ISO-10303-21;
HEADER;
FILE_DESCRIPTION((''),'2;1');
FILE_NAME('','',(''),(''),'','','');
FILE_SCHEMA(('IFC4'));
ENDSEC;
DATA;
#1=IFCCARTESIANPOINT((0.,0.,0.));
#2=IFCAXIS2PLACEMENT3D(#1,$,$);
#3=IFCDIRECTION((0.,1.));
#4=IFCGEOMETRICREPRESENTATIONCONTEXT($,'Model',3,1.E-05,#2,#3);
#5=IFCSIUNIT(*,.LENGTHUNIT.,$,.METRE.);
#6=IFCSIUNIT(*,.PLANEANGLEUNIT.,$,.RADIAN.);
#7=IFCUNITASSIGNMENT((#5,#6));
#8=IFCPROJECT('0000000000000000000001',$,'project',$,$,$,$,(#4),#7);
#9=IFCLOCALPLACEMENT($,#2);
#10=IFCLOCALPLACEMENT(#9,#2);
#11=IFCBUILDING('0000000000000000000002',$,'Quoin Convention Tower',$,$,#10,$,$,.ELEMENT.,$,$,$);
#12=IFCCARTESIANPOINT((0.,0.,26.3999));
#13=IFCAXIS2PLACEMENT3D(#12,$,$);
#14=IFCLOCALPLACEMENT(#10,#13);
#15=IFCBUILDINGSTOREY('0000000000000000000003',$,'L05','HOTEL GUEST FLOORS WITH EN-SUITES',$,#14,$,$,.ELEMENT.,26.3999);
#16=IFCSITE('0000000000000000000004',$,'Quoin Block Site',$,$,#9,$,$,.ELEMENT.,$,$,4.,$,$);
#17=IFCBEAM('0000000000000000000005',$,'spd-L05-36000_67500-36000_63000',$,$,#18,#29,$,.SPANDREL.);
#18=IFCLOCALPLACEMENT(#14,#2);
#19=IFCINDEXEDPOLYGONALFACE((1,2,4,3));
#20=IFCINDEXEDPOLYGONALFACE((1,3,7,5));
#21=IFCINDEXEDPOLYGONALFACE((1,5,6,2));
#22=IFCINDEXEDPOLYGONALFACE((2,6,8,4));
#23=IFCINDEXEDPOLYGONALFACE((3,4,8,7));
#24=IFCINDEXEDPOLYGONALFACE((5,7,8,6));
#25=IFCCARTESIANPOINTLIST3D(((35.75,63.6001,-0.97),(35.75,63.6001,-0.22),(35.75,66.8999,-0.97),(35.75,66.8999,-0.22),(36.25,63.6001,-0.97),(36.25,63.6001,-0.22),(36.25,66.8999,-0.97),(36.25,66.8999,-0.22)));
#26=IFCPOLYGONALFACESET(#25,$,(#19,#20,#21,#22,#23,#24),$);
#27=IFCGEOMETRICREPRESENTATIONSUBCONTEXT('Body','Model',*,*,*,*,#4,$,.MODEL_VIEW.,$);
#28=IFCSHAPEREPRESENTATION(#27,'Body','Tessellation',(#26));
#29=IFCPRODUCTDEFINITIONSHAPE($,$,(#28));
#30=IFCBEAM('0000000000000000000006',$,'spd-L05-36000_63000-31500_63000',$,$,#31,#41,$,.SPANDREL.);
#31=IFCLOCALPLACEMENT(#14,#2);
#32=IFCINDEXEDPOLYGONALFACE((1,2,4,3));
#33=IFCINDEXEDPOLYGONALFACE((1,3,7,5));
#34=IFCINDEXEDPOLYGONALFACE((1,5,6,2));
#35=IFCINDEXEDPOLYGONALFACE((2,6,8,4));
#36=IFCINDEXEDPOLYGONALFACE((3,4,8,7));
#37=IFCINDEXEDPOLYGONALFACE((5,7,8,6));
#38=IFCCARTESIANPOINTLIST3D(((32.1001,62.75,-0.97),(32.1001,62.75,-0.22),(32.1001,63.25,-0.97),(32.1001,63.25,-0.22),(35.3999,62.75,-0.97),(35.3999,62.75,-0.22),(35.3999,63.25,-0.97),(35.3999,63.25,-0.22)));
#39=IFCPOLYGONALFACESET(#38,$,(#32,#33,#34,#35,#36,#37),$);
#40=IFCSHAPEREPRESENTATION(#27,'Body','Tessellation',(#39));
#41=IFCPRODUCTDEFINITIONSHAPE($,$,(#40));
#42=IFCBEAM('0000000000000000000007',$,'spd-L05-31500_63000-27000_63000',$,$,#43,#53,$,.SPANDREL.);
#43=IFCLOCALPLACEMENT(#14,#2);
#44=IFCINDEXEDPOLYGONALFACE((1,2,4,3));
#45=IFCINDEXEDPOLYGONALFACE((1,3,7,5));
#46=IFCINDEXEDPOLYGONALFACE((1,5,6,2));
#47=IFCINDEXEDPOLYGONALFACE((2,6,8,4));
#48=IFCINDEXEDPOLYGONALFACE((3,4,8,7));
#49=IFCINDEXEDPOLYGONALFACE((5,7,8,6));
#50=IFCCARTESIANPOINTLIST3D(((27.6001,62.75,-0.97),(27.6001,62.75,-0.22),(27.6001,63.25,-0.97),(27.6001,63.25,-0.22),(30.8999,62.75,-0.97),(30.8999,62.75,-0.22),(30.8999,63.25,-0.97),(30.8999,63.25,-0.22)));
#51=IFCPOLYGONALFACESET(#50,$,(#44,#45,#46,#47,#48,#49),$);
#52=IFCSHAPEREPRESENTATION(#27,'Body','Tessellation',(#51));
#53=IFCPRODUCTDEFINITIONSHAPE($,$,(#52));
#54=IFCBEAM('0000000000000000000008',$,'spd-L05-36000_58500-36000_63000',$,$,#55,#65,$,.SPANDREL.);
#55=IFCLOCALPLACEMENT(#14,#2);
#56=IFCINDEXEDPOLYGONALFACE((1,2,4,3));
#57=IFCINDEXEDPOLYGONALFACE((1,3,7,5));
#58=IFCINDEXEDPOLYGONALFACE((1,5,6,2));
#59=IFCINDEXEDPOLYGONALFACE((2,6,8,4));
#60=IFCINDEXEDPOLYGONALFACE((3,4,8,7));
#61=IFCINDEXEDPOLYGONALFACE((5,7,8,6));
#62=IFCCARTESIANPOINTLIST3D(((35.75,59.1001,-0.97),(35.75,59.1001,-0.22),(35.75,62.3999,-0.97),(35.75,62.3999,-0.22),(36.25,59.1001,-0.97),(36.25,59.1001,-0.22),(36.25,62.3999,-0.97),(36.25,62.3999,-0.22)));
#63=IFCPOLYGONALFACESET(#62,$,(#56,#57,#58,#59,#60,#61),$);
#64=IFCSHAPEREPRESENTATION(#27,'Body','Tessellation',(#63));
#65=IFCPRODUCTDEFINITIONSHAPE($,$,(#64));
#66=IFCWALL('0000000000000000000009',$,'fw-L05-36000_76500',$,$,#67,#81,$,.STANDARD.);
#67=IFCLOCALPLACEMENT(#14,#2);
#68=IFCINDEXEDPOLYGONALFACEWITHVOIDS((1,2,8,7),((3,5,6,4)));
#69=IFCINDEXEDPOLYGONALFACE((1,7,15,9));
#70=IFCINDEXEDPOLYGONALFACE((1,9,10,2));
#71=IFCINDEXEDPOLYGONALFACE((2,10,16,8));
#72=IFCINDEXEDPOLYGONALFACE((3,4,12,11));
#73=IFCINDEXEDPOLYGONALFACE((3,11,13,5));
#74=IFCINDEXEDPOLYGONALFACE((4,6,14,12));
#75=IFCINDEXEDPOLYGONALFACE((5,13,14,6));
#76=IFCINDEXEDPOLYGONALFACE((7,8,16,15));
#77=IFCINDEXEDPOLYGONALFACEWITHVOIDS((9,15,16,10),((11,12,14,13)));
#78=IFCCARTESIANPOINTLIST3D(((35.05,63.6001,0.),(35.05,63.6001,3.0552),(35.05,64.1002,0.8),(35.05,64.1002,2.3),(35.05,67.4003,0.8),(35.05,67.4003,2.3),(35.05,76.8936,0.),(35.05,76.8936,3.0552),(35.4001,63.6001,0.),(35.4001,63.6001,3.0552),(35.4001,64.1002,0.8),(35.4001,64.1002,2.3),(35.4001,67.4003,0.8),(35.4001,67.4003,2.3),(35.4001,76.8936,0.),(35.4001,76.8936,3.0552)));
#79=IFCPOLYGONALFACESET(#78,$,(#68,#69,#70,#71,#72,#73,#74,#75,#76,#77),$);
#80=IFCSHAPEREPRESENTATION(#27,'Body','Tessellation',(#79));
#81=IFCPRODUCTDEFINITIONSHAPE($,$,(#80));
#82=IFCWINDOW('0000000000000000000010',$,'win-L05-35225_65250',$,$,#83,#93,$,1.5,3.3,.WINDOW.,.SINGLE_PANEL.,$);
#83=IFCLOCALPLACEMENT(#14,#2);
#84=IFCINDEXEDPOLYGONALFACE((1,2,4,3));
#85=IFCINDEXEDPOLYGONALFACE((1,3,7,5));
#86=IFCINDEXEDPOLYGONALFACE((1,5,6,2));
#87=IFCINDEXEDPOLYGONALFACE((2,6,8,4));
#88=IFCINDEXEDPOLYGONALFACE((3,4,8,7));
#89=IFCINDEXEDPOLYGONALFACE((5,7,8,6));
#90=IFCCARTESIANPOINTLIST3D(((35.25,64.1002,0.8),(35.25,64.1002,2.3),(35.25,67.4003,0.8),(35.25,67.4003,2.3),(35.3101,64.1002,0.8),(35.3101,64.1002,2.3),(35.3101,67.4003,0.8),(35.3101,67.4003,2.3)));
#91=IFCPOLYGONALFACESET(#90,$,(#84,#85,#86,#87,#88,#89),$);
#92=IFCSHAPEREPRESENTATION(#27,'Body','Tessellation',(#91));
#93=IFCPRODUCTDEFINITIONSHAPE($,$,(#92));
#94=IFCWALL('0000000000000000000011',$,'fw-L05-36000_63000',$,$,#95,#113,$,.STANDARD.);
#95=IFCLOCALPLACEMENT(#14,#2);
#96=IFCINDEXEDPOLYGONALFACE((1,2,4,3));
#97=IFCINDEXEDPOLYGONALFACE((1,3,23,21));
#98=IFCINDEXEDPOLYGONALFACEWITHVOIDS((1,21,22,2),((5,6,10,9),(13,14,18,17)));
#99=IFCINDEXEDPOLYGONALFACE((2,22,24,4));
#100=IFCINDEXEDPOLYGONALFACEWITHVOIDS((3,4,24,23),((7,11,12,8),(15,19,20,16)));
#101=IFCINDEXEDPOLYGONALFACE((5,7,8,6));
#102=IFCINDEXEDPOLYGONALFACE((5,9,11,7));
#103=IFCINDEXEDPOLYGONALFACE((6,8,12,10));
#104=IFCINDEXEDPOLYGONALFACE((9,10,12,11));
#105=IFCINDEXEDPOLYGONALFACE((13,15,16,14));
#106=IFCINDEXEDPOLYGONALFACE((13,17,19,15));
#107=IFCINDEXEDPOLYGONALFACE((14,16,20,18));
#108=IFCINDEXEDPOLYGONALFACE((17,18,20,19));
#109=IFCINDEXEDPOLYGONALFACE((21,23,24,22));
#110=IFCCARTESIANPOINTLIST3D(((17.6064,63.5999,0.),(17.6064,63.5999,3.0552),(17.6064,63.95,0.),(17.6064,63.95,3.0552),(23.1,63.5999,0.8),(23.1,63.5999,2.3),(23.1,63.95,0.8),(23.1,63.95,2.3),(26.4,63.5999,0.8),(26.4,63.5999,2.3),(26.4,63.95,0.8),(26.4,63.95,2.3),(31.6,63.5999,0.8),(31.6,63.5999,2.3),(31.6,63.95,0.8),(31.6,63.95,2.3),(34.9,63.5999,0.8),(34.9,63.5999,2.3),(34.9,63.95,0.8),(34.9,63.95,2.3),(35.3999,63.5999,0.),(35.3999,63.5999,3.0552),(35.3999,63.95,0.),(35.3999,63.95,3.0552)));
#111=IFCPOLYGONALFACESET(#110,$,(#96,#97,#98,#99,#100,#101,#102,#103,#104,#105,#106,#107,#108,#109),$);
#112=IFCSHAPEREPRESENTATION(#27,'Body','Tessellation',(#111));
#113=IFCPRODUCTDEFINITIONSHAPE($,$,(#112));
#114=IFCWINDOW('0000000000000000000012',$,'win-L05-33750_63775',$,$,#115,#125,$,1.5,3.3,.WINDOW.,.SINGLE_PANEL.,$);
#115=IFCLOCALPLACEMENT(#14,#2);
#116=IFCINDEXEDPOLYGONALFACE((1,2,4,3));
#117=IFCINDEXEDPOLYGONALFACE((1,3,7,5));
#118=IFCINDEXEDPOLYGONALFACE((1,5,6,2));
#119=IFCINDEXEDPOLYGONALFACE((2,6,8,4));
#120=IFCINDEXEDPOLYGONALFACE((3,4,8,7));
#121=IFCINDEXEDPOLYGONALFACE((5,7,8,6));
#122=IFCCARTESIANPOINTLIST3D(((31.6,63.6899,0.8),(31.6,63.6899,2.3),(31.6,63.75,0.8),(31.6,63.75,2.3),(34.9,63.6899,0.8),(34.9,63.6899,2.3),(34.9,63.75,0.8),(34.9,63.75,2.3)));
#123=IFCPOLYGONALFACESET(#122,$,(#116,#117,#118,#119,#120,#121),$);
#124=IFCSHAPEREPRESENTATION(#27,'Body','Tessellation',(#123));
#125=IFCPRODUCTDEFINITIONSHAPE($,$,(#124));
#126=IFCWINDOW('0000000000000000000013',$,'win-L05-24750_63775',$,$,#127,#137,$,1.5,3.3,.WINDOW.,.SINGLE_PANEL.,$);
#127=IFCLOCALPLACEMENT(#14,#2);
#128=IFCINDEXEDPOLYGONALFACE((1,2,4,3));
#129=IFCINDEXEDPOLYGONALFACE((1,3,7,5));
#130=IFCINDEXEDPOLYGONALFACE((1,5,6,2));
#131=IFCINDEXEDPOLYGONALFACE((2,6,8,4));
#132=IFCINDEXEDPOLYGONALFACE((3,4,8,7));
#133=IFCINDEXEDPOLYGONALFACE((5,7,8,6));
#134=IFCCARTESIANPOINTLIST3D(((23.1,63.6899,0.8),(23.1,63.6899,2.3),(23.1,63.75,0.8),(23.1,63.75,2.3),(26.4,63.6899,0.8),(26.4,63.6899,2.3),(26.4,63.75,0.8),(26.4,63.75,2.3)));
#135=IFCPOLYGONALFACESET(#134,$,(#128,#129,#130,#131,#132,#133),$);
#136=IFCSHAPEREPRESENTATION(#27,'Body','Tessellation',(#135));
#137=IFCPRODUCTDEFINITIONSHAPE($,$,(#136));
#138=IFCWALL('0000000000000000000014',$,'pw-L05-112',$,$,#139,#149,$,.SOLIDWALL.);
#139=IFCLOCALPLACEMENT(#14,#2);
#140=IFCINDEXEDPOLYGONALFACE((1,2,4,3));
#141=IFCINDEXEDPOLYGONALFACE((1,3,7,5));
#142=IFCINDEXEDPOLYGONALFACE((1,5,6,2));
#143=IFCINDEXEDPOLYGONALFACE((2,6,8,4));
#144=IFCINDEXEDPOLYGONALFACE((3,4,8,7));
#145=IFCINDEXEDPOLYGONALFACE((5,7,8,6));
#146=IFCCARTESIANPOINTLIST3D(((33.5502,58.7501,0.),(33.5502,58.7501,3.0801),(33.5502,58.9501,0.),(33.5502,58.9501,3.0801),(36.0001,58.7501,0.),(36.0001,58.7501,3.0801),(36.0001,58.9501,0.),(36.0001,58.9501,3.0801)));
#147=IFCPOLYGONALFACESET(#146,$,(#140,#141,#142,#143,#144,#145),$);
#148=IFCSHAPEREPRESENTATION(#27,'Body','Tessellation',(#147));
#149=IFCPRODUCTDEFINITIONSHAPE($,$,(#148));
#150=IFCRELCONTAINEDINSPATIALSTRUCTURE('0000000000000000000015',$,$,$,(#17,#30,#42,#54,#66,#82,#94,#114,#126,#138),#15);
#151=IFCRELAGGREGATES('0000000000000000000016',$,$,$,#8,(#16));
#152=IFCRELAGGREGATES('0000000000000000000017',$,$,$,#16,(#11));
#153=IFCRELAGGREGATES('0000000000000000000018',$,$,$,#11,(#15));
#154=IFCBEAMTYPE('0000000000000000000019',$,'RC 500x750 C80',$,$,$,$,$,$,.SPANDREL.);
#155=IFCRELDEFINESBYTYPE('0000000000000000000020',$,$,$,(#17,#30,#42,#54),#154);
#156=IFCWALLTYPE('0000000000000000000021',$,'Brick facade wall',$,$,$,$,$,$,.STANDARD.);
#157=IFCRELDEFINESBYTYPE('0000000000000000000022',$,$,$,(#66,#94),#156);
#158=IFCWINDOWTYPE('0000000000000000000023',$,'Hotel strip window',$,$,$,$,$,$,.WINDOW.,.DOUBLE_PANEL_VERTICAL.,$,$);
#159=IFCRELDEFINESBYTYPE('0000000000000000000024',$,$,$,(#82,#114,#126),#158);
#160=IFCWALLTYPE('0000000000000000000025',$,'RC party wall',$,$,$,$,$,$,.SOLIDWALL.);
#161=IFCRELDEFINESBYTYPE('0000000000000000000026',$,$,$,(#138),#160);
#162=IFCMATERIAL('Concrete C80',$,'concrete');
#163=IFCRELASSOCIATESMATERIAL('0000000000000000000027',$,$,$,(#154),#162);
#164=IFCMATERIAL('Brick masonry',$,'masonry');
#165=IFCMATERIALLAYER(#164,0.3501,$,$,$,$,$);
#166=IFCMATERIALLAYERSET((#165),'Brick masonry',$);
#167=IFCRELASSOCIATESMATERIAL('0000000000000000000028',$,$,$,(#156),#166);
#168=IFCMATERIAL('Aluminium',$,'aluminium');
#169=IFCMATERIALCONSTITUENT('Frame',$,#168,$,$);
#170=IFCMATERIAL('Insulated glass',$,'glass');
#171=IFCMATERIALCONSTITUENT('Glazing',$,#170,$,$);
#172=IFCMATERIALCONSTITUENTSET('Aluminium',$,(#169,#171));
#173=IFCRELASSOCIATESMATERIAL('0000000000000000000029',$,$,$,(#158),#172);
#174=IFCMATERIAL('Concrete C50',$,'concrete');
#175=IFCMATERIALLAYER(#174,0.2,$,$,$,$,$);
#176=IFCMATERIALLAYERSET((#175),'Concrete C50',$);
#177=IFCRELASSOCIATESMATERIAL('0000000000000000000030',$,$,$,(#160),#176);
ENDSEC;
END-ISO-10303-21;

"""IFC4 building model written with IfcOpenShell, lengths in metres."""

from ifc_helpers import new_model, si_unit, direction, frame, frame_2d, origin, origin_2d, place, context, subcontext, project, spatial, rectangle, extrude, material, layer, layer_set, constituent, constituent_set, material_profile, profile_set, type_object, element, fill, save


model = new_model("IFC4")

# Units and contexts
model_context = context("Model", 3, precision=1e-05, world=origin(), true_north=direction((0.0, 1.0)))
body_context = subcontext(model_context, "Body", "Model", "MODEL_VIEW")
ifc_project = project(units=[si_unit("LENGTHUNIT", "METRE"), si_unit("PLANEANGLEUNIT", "RADIAN")], contexts=[model_context])

# Site, building, storey
site_placement = place(None, origin())
site = spatial("IfcSite", under=ifc_project, at=site_placement, Name="Quoin Block Site", CompositionType="ELEMENT", RefElevation=4.0)
building_placement = place(site_placement, origin())
building = spatial("IfcBuilding", under=site, at=building_placement, Name="Quoin Convention Tower", CompositionType="ELEMENT")
storey_placement = place(building_placement, frame((0.0, 0.0, 26.3999)))
storey = spatial("IfcBuildingStorey", under=building, at=storey_placement, Name="L05", Description="HOTEL GUEST FLOORS WITH EN-SUITES", CompositionType="ELEMENT", Elevation=26.3999)

# Shared definitions
ifc_material_1 = material(Name="Concrete C80", Category="concrete")

# Beams
ifc_material_profile_1 = material_profile(ifc_material_1, rectangle(XDim=0.5, YDim=0.75, at=origin_2d()), Name="RC 500x750")
ifc_profile_set_1 = profile_set([ifc_material_profile_1], Name="Concrete C80")
beam_type = type_object("IfcBeamType", Name="RC 500x750 C80", PredefinedType="SPANDREL", material=ifc_profile_set_1)
for number, where, z_axis, x_axis, name in (
    (1, (36.0, 66.8999, -0.595), (0.0, -1.0, 0.0), (1.0, 0.0, 0.0), "spd-L05-36000_67500-36000_63000"),
    (2, (35.3999, 63.0, -0.595), (-1.0, 0.0, 0.0), (0.0, -1.0, 0.0), "spd-L05-36000_63000-31500_63000"),
    (3, (30.8999, 63.0, -0.595), (-1.0, 0.0, 0.0), (0.0, -1.0, 0.0), "spd-L05-31500_63000-27000_63000"),
    (4, (36.0, 59.1001, -0.595), (0.0, 1.0, 0.0), (-1.0, 0.0, 0.0), "spd-L05-36000_58500-36000_63000"),
):
    element("IfcBeam", number, at=place(storey_placement, frame(where, z_axis=z_axis, x_axis=x_axis)), inside=storey, type_object=beam_type, Name=name, PredefinedType="SPANDREL", context=body_context, shape_type="SweptSolid", body=[
        extrude(rectangle(XDim=0.5, YDim=0.75, at=origin_2d()), origin(), (0.0, 0.0, 1.0), 3.2998),
    ])

# Wall, opening, window
ifc_material_2 = material(Name="Brick masonry", Category="masonry")
ifc_layer_1 = layer(ifc_material_2, 0.3501)
ifc_layer_set_1 = layer_set([ifc_layer_1], Name="Brick masonry")
wall_type_1 = type_object("IfcWallType", Name="Brick facade wall", PredefinedType="STANDARD", material=ifc_layer_set_1)
wall_1_placement = place(storey_placement, frame((35.2251, 76.8936, 0.0), z_axis=(0.0, 0.0, 1.0), x_axis=(0.0, -1.0, 0.0)))
wall_1 = element("IfcWall", 5, at=wall_1_placement, inside=storey, type_object=wall_type_1, Name="fw-L05-36000_76500", PredefinedType="STANDARD", context=body_context, shape_type="SweptSolid", body=[
    extrude(rectangle(XDim=13.2935, YDim=0.3501, at=frame_2d((6.6467, 0.0))), origin(), (0.0, 0.0, 1.0), 3.0552),
])
opening_1_placement = place(wall_1_placement, frame((9.4934, 0.0, 0.8)))
opening_1 = element("IfcOpeningElement", 6, at=opening_1_placement, cuts=wall_1, PredefinedType="OPENING", context=body_context, shape_type="SweptSolid", body=[
    extrude(rectangle(XDim=3.3, YDim=1.5, at=frame_2d((1.6499, 0.75))), frame((0.0, 0.1851, 0.0), z_axis=(0.0, -1.0, 0.0), x_axis=(1.0, 0.0, 0.0)), (0.0, 0.0, 1.0), 0.3701),
])
ifc_material_3 = material(Name="Aluminium", Category="aluminium")
ifc_constituent_1 = constituent(ifc_material_3, Name="Frame")
ifc_material_4 = material(Name="Insulated glass", Category="glass")
ifc_constituent_2 = constituent(ifc_material_4, Name="Glazing")
ifc_constituent_set = constituent_set(constituents=[ifc_constituent_1, ifc_constituent_2], Name="Aluminium")
window_type = type_object("IfcWindowType", Name="Hotel strip window", PartitioningType="DOUBLE_PANEL_VERTICAL", PredefinedType="WINDOW", material=ifc_constituent_set)
window_1_placement = place(opening_1_placement, origin())
window_1 = element("IfcWindow", 7, at=window_1_placement, inside=storey, type_object=window_type, Name="win-L05-35225_65250", OverallHeight=1.5, OverallWidth=3.3, PartitioningType="SINGLE_PANEL", PredefinedType="WINDOW", context=body_context, shape_type="SweptSolid", body=[
    extrude(rectangle(XDim=3.3, YDim=1.5, at=frame_2d((1.6499, 0.75))), frame((0.0, 0.085, 0.0), z_axis=(0.0, -1.0, 0.0), x_axis=(1.0, 0.0, 0.0)), (0.0, 0.0, 1.0), 0.0601),
])
fill(opening_1, window_1)

# Wall, openings, windows
wall_2_placement = place(storey_placement, frame((35.3999, 63.7749, 0.0), z_axis=(0.0, 0.0, 1.0), x_axis=(-1.0, 0.0, 0.0)))
wall_2 = element("IfcWall", 8, at=wall_2_placement, inside=storey, type_object=wall_type_1, Name="fw-L05-36000_63000", PredefinedType="STANDARD", context=body_context, shape_type="SweptSolid", body=[
    extrude(rectangle(XDim=17.7935, YDim=0.3501, at=frame_2d((8.8967, 0.0))), origin(), (0.0, 0.0, 1.0), 3.0552),
])
opening_2_placement = place(wall_2_placement, frame((0.5, 0.0, 0.8)))
opening_2 = element("IfcOpeningElement", 9, at=opening_2_placement, cuts=wall_2, PredefinedType="OPENING", context=body_context, shape_type="SweptSolid", body=[
    extrude(rectangle(XDim=3.3, YDim=1.5, at=frame_2d((1.6499, 0.75))), frame((0.0, 0.1851, 0.0), z_axis=(0.0, -1.0, 0.0), x_axis=(1.0, 0.0, 0.0)), (0.0, 0.0, 1.0), 0.3701),
])
opening_3_placement = place(wall_2_placement, frame((9.0, 0.0, 0.8)))
opening_3 = element("IfcOpeningElement", 10, at=opening_3_placement, cuts=wall_2, PredefinedType="OPENING", context=body_context, shape_type="SweptSolid", body=[
    extrude(rectangle(XDim=3.3, YDim=1.5, at=frame_2d((1.6499, 0.75))), frame((0.0, 0.1851, 0.0), z_axis=(0.0, -1.0, 0.0), x_axis=(1.0, 0.0, 0.0)), (0.0, 0.0, 1.0), 0.3701),
])
window_2_placement = place(opening_2_placement, origin())
window_2 = element("IfcWindow", 11, at=window_2_placement, inside=storey, type_object=window_type, Name="win-L05-33750_63775", OverallHeight=1.5, OverallWidth=3.3, PartitioningType="SINGLE_PANEL", PredefinedType="WINDOW", context=body_context, shape_type="SweptSolid", body=[
    extrude(rectangle(XDim=3.3, YDim=1.5, at=frame_2d((1.6499, 0.75))), frame((0.0, 0.085, 0.0), z_axis=(0.0, -1.0, 0.0), x_axis=(1.0, 0.0, 0.0)), (0.0, 0.0, 1.0), 0.0601),
])
fill(opening_2, window_2)
window_3_placement = place(opening_3_placement, origin())
window_3 = element("IfcWindow", 12, at=window_3_placement, inside=storey, type_object=window_type, Name="win-L05-24750_63775", OverallHeight=1.5, OverallWidth=3.3, PartitioningType="SINGLE_PANEL", PredefinedType="WINDOW", context=body_context, shape_type="SweptSolid", body=[
    extrude(rectangle(XDim=3.3, YDim=1.5, at=frame_2d((1.6499, 0.75))), frame((0.0, 0.085, 0.0), z_axis=(0.0, -1.0, 0.0), x_axis=(1.0, 0.0, 0.0)), (0.0, 0.0, 1.0), 0.0601),
])
fill(opening_3, window_3)

# Wall
ifc_material_5 = material(Name="Concrete C50", Category="concrete")
ifc_layer_2 = layer(ifc_material_5, 0.2)
ifc_layer_set_2 = layer_set([ifc_layer_2], Name="Concrete C50")
wall_type_2 = type_object("IfcWallType", Name="RC party wall", PredefinedType="SOLIDWALL", material=ifc_layer_set_2)
wall_3_placement = place(storey_placement, frame((33.55, 58.8501, 0.0), z_axis=(0.0, 0.0, 1.0), x_axis=(1.0, 0.0, 0.0)))
element("IfcWall", 13, at=wall_3_placement, inside=storey, type_object=wall_type_2, Name="pw-L05-112", PredefinedType="SOLIDWALL", context=body_context, shape_type="SweptSolid", body=[
    extrude(rectangle(XDim=2.45, YDim=0.2, at=frame_2d((1.2251, 0.0))), origin(), (0.0, 0.0, 1.0), 3.0801),
])

save(model, "model.ifc")
